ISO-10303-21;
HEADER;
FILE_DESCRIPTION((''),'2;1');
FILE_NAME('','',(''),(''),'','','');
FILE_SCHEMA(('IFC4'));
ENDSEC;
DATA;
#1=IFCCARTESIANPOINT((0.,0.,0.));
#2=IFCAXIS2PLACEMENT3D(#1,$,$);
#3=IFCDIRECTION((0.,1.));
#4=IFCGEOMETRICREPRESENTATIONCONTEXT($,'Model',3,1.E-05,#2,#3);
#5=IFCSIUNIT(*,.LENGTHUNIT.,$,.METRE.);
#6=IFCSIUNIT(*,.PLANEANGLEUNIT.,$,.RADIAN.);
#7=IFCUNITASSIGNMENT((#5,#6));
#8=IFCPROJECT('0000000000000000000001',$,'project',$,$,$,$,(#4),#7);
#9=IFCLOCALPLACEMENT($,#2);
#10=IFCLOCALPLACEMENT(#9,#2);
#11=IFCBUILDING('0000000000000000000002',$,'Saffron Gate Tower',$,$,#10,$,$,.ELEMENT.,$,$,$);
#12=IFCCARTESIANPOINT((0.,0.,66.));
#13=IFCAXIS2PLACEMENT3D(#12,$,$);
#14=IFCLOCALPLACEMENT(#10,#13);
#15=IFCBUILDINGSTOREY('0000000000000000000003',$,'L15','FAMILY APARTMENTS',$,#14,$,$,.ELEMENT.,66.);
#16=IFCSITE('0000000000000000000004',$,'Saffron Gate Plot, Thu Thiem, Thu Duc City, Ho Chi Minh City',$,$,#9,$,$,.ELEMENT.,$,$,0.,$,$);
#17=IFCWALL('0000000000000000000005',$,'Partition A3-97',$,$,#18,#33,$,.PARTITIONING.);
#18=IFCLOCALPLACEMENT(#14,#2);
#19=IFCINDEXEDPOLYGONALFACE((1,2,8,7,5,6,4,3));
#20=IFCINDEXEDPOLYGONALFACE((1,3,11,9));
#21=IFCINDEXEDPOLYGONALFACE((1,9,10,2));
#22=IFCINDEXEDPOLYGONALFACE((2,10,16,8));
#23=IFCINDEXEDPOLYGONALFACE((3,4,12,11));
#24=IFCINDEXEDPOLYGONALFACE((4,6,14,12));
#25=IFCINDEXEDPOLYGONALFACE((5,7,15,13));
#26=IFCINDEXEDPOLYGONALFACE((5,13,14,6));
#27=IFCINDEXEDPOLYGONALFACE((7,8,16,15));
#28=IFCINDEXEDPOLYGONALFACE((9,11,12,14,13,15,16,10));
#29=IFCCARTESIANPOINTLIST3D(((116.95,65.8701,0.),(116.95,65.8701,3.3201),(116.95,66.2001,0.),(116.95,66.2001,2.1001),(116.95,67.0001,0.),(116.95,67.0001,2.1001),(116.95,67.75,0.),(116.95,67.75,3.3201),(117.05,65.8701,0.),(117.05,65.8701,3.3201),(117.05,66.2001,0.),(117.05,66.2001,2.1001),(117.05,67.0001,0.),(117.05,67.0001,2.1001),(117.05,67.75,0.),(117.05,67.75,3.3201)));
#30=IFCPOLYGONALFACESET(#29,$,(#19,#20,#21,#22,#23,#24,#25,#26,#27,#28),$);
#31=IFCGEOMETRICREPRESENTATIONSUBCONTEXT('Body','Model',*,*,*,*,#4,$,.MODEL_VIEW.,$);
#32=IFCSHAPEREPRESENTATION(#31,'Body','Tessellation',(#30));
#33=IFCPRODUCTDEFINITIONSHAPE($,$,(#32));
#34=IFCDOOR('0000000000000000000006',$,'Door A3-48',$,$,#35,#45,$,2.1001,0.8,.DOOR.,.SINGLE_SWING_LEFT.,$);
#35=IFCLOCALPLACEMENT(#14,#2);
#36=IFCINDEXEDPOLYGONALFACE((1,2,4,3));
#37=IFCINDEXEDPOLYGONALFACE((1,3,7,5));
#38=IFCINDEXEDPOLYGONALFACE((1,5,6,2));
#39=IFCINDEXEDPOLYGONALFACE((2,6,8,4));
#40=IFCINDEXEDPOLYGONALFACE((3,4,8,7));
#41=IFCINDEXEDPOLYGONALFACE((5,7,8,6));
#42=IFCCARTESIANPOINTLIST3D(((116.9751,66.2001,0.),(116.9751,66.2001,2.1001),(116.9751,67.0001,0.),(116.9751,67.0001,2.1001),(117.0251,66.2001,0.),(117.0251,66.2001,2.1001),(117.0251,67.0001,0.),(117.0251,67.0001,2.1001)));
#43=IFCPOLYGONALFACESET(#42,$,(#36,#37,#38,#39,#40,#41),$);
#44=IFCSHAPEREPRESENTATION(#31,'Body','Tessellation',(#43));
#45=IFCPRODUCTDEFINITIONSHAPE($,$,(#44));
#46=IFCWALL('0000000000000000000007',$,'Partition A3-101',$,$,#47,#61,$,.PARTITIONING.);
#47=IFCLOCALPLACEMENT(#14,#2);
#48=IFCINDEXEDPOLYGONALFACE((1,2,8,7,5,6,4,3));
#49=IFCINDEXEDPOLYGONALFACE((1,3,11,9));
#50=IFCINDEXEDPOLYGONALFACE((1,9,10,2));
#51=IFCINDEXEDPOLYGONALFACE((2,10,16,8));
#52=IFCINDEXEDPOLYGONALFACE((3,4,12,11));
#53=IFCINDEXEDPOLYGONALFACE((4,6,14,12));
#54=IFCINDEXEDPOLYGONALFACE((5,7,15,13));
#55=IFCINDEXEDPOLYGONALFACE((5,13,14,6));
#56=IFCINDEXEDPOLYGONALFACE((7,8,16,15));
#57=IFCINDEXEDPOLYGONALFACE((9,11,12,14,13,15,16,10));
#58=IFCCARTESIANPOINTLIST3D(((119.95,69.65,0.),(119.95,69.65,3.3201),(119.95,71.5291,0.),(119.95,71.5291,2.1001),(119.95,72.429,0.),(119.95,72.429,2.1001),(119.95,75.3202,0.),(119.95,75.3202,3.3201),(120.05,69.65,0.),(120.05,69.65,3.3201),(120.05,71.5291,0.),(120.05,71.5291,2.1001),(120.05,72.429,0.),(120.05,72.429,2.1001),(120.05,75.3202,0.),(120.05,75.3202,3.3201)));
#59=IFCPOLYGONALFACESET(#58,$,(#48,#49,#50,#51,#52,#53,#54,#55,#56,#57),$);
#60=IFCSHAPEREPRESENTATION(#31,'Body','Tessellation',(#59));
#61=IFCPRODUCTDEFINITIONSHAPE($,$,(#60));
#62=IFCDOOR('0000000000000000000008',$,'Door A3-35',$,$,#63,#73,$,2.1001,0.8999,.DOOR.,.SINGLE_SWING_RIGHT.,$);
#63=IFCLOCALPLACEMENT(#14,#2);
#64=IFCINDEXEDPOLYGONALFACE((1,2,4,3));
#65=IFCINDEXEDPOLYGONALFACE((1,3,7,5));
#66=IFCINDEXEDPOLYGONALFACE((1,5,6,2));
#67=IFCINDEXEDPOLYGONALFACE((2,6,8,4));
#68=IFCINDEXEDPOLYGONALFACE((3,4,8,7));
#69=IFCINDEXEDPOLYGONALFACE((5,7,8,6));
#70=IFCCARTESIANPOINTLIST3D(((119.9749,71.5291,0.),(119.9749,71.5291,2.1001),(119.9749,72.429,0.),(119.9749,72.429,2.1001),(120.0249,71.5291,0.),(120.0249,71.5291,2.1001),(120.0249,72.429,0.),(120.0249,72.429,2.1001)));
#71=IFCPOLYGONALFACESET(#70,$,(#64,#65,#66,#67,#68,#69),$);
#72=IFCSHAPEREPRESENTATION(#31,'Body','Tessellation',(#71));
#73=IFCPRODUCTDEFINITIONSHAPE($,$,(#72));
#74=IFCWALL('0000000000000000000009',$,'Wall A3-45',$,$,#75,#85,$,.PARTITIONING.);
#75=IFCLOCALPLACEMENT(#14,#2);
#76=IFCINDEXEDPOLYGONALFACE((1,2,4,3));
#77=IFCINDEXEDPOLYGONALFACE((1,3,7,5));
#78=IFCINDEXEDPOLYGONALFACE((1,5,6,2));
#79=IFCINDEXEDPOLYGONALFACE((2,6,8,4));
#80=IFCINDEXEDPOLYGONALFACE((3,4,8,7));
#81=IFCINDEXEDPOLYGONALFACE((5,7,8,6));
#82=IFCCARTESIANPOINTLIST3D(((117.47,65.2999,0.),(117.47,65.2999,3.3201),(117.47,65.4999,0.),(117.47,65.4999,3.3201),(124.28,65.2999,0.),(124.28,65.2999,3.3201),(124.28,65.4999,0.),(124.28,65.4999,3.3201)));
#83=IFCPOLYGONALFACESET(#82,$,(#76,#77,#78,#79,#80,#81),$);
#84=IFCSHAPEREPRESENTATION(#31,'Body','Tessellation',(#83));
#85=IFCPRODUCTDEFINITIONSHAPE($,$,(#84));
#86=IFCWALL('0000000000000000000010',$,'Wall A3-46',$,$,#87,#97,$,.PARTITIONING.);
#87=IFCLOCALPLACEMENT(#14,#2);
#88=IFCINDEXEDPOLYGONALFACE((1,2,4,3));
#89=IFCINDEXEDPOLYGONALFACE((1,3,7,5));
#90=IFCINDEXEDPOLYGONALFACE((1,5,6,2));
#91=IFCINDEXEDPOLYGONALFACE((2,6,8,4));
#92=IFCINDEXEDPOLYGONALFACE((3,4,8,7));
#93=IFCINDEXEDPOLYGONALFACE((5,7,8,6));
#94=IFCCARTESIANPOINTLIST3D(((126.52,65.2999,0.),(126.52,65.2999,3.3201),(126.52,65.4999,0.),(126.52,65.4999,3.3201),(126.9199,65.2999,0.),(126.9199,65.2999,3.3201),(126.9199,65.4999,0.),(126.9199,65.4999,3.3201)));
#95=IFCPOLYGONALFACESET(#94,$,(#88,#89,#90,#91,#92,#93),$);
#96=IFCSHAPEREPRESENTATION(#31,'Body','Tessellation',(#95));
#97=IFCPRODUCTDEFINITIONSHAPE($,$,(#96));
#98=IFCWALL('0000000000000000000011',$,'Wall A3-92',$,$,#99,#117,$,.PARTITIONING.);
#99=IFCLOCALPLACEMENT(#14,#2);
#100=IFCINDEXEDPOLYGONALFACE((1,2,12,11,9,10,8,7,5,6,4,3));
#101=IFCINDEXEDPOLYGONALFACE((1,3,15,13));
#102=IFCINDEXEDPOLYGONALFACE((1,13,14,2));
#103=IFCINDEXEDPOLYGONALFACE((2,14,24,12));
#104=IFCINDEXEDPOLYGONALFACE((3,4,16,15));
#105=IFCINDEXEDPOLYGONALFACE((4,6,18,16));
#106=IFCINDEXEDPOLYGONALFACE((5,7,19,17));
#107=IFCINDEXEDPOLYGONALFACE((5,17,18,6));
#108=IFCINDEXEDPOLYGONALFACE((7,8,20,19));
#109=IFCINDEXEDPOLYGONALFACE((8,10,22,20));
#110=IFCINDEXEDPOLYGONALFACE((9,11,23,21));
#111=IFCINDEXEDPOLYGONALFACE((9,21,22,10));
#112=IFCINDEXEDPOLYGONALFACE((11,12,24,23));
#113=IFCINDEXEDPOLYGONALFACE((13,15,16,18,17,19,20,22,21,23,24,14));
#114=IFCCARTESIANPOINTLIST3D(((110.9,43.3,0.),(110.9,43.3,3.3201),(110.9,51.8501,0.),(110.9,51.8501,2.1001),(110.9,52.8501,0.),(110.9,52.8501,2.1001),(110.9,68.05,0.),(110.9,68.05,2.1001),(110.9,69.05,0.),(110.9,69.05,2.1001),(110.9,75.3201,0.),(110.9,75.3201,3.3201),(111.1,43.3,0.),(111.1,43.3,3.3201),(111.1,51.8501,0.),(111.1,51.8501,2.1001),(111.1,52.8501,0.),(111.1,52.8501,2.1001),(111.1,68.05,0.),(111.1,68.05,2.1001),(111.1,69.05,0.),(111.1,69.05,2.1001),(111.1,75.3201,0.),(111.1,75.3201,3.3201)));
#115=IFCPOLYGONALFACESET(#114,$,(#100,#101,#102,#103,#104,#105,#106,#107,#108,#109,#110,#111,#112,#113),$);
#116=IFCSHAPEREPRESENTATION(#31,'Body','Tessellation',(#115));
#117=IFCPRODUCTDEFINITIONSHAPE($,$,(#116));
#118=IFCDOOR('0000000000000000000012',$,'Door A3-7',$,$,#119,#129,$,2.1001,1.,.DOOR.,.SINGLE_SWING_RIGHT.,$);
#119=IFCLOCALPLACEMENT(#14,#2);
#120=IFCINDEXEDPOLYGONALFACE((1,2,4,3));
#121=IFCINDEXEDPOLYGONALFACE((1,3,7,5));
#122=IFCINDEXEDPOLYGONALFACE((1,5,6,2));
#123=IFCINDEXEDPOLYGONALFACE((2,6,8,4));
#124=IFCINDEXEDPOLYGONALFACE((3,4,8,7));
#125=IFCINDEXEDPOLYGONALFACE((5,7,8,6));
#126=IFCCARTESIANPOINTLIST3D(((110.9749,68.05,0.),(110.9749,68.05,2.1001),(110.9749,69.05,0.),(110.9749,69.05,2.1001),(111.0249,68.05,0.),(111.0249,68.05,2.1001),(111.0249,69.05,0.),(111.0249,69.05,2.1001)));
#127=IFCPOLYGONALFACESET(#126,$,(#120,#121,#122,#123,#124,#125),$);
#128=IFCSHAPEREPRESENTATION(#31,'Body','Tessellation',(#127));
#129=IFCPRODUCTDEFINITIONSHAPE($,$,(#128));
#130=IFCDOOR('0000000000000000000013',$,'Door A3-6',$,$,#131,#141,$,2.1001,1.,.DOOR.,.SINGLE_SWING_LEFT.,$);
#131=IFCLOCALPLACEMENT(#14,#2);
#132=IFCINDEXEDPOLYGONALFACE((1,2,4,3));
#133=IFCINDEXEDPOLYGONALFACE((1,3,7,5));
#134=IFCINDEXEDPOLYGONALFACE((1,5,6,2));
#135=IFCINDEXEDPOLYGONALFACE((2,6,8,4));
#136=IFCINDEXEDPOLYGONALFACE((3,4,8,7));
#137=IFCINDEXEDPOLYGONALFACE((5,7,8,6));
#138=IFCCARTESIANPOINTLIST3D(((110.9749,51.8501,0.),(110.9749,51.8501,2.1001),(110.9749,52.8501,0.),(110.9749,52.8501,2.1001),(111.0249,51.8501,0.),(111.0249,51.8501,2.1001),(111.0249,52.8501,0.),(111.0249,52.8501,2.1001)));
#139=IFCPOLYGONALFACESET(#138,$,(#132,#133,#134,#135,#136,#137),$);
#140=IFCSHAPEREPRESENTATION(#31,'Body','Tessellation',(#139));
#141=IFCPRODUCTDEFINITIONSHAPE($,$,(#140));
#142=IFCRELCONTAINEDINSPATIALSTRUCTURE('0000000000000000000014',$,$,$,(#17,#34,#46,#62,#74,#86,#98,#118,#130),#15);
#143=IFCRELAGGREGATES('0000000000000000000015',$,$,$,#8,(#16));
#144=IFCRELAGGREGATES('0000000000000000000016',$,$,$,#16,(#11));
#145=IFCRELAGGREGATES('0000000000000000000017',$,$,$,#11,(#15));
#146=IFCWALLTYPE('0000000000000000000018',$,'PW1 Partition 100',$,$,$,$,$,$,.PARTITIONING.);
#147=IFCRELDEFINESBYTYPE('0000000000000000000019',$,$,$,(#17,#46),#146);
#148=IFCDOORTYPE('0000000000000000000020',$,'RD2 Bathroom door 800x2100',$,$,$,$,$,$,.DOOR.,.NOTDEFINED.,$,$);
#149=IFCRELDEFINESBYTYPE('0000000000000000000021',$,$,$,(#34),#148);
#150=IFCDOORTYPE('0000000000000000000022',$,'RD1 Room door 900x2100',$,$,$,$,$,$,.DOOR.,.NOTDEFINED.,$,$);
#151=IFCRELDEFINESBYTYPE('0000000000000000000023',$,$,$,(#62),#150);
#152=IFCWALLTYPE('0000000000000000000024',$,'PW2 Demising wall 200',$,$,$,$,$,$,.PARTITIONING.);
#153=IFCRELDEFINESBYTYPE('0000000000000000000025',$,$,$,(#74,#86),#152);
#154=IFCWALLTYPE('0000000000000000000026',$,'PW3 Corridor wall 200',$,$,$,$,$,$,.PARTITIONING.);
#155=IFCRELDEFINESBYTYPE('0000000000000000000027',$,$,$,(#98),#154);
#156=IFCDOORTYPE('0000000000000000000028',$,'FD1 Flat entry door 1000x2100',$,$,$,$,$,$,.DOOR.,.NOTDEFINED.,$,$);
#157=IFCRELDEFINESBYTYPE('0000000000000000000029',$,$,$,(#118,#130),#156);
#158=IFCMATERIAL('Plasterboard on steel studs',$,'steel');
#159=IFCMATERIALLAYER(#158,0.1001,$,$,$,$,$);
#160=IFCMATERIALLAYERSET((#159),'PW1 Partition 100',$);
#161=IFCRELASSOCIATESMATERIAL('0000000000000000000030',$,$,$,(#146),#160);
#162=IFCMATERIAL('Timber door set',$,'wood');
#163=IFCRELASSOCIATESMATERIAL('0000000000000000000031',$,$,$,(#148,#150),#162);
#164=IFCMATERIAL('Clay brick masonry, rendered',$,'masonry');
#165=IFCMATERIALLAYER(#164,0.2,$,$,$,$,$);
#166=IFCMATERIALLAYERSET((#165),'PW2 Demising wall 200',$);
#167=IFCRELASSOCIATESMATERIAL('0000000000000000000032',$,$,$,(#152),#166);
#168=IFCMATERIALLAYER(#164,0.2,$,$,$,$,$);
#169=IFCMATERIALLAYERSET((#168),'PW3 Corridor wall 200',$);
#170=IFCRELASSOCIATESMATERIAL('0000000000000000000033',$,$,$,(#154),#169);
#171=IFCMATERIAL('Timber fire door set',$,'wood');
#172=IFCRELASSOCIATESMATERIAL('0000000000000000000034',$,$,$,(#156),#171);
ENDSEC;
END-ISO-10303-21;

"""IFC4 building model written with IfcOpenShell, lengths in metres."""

from ifc_helpers import new_model, si_unit, direction, frame, frame_2d, origin, place, context, subcontext, project, spatial, rectangle, extrude, material, layer, layer_set, type_object, element, fill, save


model = new_model("IFC4")

# Units and contexts
model_context = context("Model", 3, precision=1e-05, world=origin(), true_north=direction((0.0, 1.0)))
body_context = subcontext(model_context, "Body", "Model", "MODEL_VIEW")
ifc_project = project(units=[si_unit("LENGTHUNIT", "METRE"), si_unit("PLANEANGLEUNIT", "RADIAN")], contexts=[model_context])

# Site, building, storey
site_placement = place(None, origin())
site = spatial("IfcSite", under=ifc_project, at=site_placement, Name="Saffron Gate Plot, Thu Thiem, Thu Duc City, Ho Chi Minh City", CompositionType="ELEMENT", RefElevation=0.0)
building_placement = place(site_placement, origin())
building = spatial("IfcBuilding", under=site, at=building_placement, Name="Saffron Gate Tower", CompositionType="ELEMENT")
storey_placement = place(building_placement, frame((0.0, 0.0, 66.0)))
storey = spatial("IfcBuildingStorey", under=building, at=storey_placement, Name="L15", Description="FAMILY APARTMENTS", CompositionType="ELEMENT", Elevation=66.0)

# Shared definitions
ifc_material_1 = material(Name="Plasterboard on steel studs", Category="steel")
ifc_layer_1 = layer(ifc_material_1, 0.1001)
ifc_layer_set_1 = layer_set([ifc_layer_1], Name="PW1 Partition 100")
wall_type_1 = type_object("IfcWallType", Name="PW1 Partition 100", PredefinedType="PARTITIONING", material=ifc_layer_set_1)

# Walls, openings, doors
wall_1_placement = place(storey_placement, frame((117.0, 65.8701, 0.0), z_axis=(0.0, 0.0, 1.0), x_axis=(0.0, 1.0, 0.0)))
wall_1 = element("IfcWall", 1, at=wall_1_placement, inside=storey, type_object=wall_type_1, Name="Partition A3-97", PredefinedType="PARTITIONING", context=body_context, shape_type="SweptSolid", body=[
    extrude(rectangle(XDim=1.8799, YDim=0.1001, at=frame_2d((0.9399, 0.0))), origin(), (0.0, 0.0, 1.0), 3.3201),
])
opening_1_placement = place(wall_1_placement, frame((0.3301, 0.0, 0.0)))
opening_1 = element("IfcOpeningElement", 2, at=opening_1_placement, cuts=wall_1, PredefinedType="OPENING", context=body_context, shape_type="SweptSolid", body=[
    extrude(rectangle(XDim=0.8, YDim=2.1001, at=frame_2d((0.3999, 1.05))), frame((0.0, 0.0601, 0.0), z_axis=(0.0, -1.0, 0.0), x_axis=(1.0, 0.0, 0.0)), (0.0, 0.0, 1.0), 0.1201),
])
ifc_material_2 = material(Name="Timber door set", Category="wood")
door_type_1 = type_object("IfcDoorType", Name="RD2 Bathroom door 800x2100", OperationType="NOTDEFINED", PredefinedType="DOOR", material=ifc_material_2)
door_1_placement = place(opening_1_placement, origin())
door_1 = element("IfcDoor", 3, at=door_1_placement, inside=storey, type_object=door_type_1, Name="Door A3-48", OperationType="SINGLE_SWING_LEFT", OverallHeight=2.1001, OverallWidth=0.8, PredefinedType="DOOR", context=body_context, shape_type="SweptSolid", body=[
    extrude(rectangle(XDim=0.8, YDim=2.1001, at=frame_2d((0.3999, 1.05))), frame((0.0, 0.0249, 0.0), z_axis=(0.0, -1.0, 0.0), x_axis=(1.0, 0.0, 0.0)), (0.0, 0.0, 1.0), 0.05),
])
fill(opening_1, door_1)
wall_2_placement = place(storey_placement, frame((120.0, 75.3201, 0.0), z_axis=(0.0, 0.0, 1.0), x_axis=(0.0, -1.0, 0.0)))
wall_2 = element("IfcWall", 4, at=wall_2_placement, inside=storey, type_object=wall_type_1, Name="Partition A3-101", PredefinedType="PARTITIONING", context=body_context, shape_type="SweptSolid", body=[
    extrude(rectangle(XDim=5.6702, YDim=0.1001, at=frame_2d((2.835, 0.0))), origin(), (0.0, 0.0, 1.0), 3.3201),
])
opening_2_placement = place(wall_2_placement, frame((2.8911, 0.0, 0.0)))
opening_2 = element("IfcOpeningElement", 5, at=opening_2_placement, cuts=wall_2, PredefinedType="OPENING", context=body_context, shape_type="SweptSolid", body=[
    extrude(rectangle(XDim=0.8999, YDim=2.1001, at=frame_2d((0.45, 1.05))), frame((0.0, 0.0601, 0.0), z_axis=(0.0, -1.0, 0.0), x_axis=(1.0, 0.0, 0.0)), (0.0, 0.0, 1.0), 0.1201),
])
door_type_2 = type_object("IfcDoorType", Name="RD1 Room door 900x2100", OperationType="NOTDEFINED", PredefinedType="DOOR", material=ifc_material_2)
door_2_placement = place(opening_2_placement, origin())
door_2 = element("IfcDoor", 6, at=door_2_placement, inside=storey, type_object=door_type_2, Name="Door A3-35", OperationType="SINGLE_SWING_RIGHT", OverallHeight=2.1001, OverallWidth=0.8999, PredefinedType="DOOR", context=body_context, shape_type="SweptSolid", body=[
    extrude(rectangle(XDim=0.8999, YDim=2.1001, at=frame_2d((0.45, 1.05))), frame((0.0, 0.0249, 0.0), z_axis=(0.0, -1.0, 0.0), x_axis=(1.0, 0.0, 0.0)), (0.0, 0.0, 1.0), 0.05),
])
fill(opening_2, door_2)

# Walls
ifc_material_3 = material(Name="Clay brick masonry, rendered", Category="masonry")
ifc_layer_2 = layer(ifc_material_3, 0.2)
ifc_layer_set_2 = layer_set([ifc_layer_2], Name="PW2 Demising wall 200")
wall_type_2 = type_object("IfcWallType", Name="PW2 Demising wall 200", PredefinedType="PARTITIONING", material=ifc_layer_set_2)
wall_3_placement = place(storey_placement, frame((117.47, 65.3999, 0.0), z_axis=(0.0, 0.0, 1.0), x_axis=(1.0, 0.0, 0.0)))
element("IfcWall", 7, at=wall_3_placement, inside=storey, type_object=wall_type_2, Name="Wall A3-45", PredefinedType="PARTITIONING", context=body_context, shape_type="SweptSolid", body=[
    extrude(rectangle(XDim=6.8101, YDim=0.2, at=frame_2d((3.405, 0.0))), origin(), (0.0, 0.0, 1.0), 3.3201),
])
wall_4_placement = place(storey_placement, frame((126.52, 65.3999, 0.0), z_axis=(0.0, 0.0, 1.0), x_axis=(1.0, 0.0, 0.0)))
element("IfcWall", 8, at=wall_4_placement, inside=storey, type_object=wall_type_2, Name="Wall A3-46", PredefinedType="PARTITIONING", context=body_context, shape_type="SweptSolid", body=[
    extrude(rectangle(XDim=0.3999, YDim=0.2, at=frame_2d((0.2, 0.0))), origin(), (0.0, 0.0, 1.0), 3.3201),
])

# Wall, openings, doors
ifc_layer_3 = layer(ifc_material_3, 0.2)
ifc_layer_set_3 = layer_set([ifc_layer_3], Name="PW3 Corridor wall 200")
wall_type_3 = type_object("IfcWallType", Name="PW3 Corridor wall 200", PredefinedType="PARTITIONING", material=ifc_layer_set_3)
wall_5_placement = place(storey_placement, frame((111.0, 75.3201, 0.0), z_axis=(0.0, 0.0, 1.0), x_axis=(0.0, -1.0, 0.0)))
wall_5 = element("IfcWall", 9, at=wall_5_placement, inside=storey, type_object=wall_type_3, Name="Wall A3-92", PredefinedType="PARTITIONING", context=body_context, shape_type="SweptSolid", body=[
    extrude(rectangle(XDim=32.02, YDim=0.2, at=frame_2d((16.01, 0.0))), origin(), (0.0, 0.0, 1.0), 3.3201),
])
opening_3_placement = place(wall_5_placement, frame((6.27, 0.0, 0.0)))
opening_3 = element("IfcOpeningElement", 10, at=opening_3_placement, cuts=wall_5, PredefinedType="OPENING", context=body_context, shape_type="SweptSolid", body=[
    extrude(rectangle(XDim=1.0, YDim=2.1001, at=frame_2d((0.5, 1.05))), frame((0.0, 0.1099, 0.0), z_axis=(0.0, -1.0, 0.0), x_axis=(1.0, 0.0, 0.0)), (0.0, 0.0, 1.0), 0.22),
])
opening_4_placement = place(wall_5_placement, frame((22.47, 0.0, 0.0)))
opening_4 = element("IfcOpeningElement", 11, at=opening_4_placement, cuts=wall_5, PredefinedType="OPENING", context=body_context, shape_type="SweptSolid", body=[
    extrude(rectangle(XDim=1.0, YDim=2.1001, at=frame_2d((0.5, 1.05))), frame((0.0, 0.1099, 0.0), z_axis=(0.0, -1.0, 0.0), x_axis=(1.0, 0.0, 0.0)), (0.0, 0.0, 1.0), 0.22),
])
ifc_material_4 = material(Name="Timber fire door set", Category="wood")
door_type_3 = type_object("IfcDoorType", Name="FD1 Flat entry door 1000x2100", OperationType="NOTDEFINED", PredefinedType="DOOR", material=ifc_material_4)
door_3_placement = place(opening_3_placement, origin())
door_3 = element("IfcDoor", 12, at=door_3_placement, inside=storey, type_object=door_type_3, Name="Door A3-7", OperationType="SINGLE_SWING_RIGHT", OverallHeight=2.1001, OverallWidth=1.0, PredefinedType="DOOR", context=body_context, shape_type="SweptSolid", body=[
    extrude(rectangle(XDim=1.0, YDim=2.1001, at=frame_2d((0.5, 1.05))), frame((0.0, 0.0249, 0.0), z_axis=(0.0, -1.0, 0.0), x_axis=(1.0, 0.0, 0.0)), (0.0, 0.0, 1.0), 0.05),
])
fill(opening_3, door_3)
door_4_placement = place(opening_4_placement, origin())
door_4 = element("IfcDoor", 13, at=door_4_placement, inside=storey, type_object=door_type_3, Name="Door A3-6", OperationType="SINGLE_SWING_LEFT", OverallHeight=2.1001, OverallWidth=1.0, PredefinedType="DOOR", context=body_context, shape_type="SweptSolid", body=[
    extrude(rectangle(XDim=1.0, YDim=2.1001, at=frame_2d((0.5, 1.05))), frame((0.0, 0.0249, 0.0), z_axis=(0.0, -1.0, 0.0), x_axis=(1.0, 0.0, 0.0)), (0.0, 0.0, 1.0), 0.05),
])
fill(opening_4, door_4)

save(model, "model.ifc")
